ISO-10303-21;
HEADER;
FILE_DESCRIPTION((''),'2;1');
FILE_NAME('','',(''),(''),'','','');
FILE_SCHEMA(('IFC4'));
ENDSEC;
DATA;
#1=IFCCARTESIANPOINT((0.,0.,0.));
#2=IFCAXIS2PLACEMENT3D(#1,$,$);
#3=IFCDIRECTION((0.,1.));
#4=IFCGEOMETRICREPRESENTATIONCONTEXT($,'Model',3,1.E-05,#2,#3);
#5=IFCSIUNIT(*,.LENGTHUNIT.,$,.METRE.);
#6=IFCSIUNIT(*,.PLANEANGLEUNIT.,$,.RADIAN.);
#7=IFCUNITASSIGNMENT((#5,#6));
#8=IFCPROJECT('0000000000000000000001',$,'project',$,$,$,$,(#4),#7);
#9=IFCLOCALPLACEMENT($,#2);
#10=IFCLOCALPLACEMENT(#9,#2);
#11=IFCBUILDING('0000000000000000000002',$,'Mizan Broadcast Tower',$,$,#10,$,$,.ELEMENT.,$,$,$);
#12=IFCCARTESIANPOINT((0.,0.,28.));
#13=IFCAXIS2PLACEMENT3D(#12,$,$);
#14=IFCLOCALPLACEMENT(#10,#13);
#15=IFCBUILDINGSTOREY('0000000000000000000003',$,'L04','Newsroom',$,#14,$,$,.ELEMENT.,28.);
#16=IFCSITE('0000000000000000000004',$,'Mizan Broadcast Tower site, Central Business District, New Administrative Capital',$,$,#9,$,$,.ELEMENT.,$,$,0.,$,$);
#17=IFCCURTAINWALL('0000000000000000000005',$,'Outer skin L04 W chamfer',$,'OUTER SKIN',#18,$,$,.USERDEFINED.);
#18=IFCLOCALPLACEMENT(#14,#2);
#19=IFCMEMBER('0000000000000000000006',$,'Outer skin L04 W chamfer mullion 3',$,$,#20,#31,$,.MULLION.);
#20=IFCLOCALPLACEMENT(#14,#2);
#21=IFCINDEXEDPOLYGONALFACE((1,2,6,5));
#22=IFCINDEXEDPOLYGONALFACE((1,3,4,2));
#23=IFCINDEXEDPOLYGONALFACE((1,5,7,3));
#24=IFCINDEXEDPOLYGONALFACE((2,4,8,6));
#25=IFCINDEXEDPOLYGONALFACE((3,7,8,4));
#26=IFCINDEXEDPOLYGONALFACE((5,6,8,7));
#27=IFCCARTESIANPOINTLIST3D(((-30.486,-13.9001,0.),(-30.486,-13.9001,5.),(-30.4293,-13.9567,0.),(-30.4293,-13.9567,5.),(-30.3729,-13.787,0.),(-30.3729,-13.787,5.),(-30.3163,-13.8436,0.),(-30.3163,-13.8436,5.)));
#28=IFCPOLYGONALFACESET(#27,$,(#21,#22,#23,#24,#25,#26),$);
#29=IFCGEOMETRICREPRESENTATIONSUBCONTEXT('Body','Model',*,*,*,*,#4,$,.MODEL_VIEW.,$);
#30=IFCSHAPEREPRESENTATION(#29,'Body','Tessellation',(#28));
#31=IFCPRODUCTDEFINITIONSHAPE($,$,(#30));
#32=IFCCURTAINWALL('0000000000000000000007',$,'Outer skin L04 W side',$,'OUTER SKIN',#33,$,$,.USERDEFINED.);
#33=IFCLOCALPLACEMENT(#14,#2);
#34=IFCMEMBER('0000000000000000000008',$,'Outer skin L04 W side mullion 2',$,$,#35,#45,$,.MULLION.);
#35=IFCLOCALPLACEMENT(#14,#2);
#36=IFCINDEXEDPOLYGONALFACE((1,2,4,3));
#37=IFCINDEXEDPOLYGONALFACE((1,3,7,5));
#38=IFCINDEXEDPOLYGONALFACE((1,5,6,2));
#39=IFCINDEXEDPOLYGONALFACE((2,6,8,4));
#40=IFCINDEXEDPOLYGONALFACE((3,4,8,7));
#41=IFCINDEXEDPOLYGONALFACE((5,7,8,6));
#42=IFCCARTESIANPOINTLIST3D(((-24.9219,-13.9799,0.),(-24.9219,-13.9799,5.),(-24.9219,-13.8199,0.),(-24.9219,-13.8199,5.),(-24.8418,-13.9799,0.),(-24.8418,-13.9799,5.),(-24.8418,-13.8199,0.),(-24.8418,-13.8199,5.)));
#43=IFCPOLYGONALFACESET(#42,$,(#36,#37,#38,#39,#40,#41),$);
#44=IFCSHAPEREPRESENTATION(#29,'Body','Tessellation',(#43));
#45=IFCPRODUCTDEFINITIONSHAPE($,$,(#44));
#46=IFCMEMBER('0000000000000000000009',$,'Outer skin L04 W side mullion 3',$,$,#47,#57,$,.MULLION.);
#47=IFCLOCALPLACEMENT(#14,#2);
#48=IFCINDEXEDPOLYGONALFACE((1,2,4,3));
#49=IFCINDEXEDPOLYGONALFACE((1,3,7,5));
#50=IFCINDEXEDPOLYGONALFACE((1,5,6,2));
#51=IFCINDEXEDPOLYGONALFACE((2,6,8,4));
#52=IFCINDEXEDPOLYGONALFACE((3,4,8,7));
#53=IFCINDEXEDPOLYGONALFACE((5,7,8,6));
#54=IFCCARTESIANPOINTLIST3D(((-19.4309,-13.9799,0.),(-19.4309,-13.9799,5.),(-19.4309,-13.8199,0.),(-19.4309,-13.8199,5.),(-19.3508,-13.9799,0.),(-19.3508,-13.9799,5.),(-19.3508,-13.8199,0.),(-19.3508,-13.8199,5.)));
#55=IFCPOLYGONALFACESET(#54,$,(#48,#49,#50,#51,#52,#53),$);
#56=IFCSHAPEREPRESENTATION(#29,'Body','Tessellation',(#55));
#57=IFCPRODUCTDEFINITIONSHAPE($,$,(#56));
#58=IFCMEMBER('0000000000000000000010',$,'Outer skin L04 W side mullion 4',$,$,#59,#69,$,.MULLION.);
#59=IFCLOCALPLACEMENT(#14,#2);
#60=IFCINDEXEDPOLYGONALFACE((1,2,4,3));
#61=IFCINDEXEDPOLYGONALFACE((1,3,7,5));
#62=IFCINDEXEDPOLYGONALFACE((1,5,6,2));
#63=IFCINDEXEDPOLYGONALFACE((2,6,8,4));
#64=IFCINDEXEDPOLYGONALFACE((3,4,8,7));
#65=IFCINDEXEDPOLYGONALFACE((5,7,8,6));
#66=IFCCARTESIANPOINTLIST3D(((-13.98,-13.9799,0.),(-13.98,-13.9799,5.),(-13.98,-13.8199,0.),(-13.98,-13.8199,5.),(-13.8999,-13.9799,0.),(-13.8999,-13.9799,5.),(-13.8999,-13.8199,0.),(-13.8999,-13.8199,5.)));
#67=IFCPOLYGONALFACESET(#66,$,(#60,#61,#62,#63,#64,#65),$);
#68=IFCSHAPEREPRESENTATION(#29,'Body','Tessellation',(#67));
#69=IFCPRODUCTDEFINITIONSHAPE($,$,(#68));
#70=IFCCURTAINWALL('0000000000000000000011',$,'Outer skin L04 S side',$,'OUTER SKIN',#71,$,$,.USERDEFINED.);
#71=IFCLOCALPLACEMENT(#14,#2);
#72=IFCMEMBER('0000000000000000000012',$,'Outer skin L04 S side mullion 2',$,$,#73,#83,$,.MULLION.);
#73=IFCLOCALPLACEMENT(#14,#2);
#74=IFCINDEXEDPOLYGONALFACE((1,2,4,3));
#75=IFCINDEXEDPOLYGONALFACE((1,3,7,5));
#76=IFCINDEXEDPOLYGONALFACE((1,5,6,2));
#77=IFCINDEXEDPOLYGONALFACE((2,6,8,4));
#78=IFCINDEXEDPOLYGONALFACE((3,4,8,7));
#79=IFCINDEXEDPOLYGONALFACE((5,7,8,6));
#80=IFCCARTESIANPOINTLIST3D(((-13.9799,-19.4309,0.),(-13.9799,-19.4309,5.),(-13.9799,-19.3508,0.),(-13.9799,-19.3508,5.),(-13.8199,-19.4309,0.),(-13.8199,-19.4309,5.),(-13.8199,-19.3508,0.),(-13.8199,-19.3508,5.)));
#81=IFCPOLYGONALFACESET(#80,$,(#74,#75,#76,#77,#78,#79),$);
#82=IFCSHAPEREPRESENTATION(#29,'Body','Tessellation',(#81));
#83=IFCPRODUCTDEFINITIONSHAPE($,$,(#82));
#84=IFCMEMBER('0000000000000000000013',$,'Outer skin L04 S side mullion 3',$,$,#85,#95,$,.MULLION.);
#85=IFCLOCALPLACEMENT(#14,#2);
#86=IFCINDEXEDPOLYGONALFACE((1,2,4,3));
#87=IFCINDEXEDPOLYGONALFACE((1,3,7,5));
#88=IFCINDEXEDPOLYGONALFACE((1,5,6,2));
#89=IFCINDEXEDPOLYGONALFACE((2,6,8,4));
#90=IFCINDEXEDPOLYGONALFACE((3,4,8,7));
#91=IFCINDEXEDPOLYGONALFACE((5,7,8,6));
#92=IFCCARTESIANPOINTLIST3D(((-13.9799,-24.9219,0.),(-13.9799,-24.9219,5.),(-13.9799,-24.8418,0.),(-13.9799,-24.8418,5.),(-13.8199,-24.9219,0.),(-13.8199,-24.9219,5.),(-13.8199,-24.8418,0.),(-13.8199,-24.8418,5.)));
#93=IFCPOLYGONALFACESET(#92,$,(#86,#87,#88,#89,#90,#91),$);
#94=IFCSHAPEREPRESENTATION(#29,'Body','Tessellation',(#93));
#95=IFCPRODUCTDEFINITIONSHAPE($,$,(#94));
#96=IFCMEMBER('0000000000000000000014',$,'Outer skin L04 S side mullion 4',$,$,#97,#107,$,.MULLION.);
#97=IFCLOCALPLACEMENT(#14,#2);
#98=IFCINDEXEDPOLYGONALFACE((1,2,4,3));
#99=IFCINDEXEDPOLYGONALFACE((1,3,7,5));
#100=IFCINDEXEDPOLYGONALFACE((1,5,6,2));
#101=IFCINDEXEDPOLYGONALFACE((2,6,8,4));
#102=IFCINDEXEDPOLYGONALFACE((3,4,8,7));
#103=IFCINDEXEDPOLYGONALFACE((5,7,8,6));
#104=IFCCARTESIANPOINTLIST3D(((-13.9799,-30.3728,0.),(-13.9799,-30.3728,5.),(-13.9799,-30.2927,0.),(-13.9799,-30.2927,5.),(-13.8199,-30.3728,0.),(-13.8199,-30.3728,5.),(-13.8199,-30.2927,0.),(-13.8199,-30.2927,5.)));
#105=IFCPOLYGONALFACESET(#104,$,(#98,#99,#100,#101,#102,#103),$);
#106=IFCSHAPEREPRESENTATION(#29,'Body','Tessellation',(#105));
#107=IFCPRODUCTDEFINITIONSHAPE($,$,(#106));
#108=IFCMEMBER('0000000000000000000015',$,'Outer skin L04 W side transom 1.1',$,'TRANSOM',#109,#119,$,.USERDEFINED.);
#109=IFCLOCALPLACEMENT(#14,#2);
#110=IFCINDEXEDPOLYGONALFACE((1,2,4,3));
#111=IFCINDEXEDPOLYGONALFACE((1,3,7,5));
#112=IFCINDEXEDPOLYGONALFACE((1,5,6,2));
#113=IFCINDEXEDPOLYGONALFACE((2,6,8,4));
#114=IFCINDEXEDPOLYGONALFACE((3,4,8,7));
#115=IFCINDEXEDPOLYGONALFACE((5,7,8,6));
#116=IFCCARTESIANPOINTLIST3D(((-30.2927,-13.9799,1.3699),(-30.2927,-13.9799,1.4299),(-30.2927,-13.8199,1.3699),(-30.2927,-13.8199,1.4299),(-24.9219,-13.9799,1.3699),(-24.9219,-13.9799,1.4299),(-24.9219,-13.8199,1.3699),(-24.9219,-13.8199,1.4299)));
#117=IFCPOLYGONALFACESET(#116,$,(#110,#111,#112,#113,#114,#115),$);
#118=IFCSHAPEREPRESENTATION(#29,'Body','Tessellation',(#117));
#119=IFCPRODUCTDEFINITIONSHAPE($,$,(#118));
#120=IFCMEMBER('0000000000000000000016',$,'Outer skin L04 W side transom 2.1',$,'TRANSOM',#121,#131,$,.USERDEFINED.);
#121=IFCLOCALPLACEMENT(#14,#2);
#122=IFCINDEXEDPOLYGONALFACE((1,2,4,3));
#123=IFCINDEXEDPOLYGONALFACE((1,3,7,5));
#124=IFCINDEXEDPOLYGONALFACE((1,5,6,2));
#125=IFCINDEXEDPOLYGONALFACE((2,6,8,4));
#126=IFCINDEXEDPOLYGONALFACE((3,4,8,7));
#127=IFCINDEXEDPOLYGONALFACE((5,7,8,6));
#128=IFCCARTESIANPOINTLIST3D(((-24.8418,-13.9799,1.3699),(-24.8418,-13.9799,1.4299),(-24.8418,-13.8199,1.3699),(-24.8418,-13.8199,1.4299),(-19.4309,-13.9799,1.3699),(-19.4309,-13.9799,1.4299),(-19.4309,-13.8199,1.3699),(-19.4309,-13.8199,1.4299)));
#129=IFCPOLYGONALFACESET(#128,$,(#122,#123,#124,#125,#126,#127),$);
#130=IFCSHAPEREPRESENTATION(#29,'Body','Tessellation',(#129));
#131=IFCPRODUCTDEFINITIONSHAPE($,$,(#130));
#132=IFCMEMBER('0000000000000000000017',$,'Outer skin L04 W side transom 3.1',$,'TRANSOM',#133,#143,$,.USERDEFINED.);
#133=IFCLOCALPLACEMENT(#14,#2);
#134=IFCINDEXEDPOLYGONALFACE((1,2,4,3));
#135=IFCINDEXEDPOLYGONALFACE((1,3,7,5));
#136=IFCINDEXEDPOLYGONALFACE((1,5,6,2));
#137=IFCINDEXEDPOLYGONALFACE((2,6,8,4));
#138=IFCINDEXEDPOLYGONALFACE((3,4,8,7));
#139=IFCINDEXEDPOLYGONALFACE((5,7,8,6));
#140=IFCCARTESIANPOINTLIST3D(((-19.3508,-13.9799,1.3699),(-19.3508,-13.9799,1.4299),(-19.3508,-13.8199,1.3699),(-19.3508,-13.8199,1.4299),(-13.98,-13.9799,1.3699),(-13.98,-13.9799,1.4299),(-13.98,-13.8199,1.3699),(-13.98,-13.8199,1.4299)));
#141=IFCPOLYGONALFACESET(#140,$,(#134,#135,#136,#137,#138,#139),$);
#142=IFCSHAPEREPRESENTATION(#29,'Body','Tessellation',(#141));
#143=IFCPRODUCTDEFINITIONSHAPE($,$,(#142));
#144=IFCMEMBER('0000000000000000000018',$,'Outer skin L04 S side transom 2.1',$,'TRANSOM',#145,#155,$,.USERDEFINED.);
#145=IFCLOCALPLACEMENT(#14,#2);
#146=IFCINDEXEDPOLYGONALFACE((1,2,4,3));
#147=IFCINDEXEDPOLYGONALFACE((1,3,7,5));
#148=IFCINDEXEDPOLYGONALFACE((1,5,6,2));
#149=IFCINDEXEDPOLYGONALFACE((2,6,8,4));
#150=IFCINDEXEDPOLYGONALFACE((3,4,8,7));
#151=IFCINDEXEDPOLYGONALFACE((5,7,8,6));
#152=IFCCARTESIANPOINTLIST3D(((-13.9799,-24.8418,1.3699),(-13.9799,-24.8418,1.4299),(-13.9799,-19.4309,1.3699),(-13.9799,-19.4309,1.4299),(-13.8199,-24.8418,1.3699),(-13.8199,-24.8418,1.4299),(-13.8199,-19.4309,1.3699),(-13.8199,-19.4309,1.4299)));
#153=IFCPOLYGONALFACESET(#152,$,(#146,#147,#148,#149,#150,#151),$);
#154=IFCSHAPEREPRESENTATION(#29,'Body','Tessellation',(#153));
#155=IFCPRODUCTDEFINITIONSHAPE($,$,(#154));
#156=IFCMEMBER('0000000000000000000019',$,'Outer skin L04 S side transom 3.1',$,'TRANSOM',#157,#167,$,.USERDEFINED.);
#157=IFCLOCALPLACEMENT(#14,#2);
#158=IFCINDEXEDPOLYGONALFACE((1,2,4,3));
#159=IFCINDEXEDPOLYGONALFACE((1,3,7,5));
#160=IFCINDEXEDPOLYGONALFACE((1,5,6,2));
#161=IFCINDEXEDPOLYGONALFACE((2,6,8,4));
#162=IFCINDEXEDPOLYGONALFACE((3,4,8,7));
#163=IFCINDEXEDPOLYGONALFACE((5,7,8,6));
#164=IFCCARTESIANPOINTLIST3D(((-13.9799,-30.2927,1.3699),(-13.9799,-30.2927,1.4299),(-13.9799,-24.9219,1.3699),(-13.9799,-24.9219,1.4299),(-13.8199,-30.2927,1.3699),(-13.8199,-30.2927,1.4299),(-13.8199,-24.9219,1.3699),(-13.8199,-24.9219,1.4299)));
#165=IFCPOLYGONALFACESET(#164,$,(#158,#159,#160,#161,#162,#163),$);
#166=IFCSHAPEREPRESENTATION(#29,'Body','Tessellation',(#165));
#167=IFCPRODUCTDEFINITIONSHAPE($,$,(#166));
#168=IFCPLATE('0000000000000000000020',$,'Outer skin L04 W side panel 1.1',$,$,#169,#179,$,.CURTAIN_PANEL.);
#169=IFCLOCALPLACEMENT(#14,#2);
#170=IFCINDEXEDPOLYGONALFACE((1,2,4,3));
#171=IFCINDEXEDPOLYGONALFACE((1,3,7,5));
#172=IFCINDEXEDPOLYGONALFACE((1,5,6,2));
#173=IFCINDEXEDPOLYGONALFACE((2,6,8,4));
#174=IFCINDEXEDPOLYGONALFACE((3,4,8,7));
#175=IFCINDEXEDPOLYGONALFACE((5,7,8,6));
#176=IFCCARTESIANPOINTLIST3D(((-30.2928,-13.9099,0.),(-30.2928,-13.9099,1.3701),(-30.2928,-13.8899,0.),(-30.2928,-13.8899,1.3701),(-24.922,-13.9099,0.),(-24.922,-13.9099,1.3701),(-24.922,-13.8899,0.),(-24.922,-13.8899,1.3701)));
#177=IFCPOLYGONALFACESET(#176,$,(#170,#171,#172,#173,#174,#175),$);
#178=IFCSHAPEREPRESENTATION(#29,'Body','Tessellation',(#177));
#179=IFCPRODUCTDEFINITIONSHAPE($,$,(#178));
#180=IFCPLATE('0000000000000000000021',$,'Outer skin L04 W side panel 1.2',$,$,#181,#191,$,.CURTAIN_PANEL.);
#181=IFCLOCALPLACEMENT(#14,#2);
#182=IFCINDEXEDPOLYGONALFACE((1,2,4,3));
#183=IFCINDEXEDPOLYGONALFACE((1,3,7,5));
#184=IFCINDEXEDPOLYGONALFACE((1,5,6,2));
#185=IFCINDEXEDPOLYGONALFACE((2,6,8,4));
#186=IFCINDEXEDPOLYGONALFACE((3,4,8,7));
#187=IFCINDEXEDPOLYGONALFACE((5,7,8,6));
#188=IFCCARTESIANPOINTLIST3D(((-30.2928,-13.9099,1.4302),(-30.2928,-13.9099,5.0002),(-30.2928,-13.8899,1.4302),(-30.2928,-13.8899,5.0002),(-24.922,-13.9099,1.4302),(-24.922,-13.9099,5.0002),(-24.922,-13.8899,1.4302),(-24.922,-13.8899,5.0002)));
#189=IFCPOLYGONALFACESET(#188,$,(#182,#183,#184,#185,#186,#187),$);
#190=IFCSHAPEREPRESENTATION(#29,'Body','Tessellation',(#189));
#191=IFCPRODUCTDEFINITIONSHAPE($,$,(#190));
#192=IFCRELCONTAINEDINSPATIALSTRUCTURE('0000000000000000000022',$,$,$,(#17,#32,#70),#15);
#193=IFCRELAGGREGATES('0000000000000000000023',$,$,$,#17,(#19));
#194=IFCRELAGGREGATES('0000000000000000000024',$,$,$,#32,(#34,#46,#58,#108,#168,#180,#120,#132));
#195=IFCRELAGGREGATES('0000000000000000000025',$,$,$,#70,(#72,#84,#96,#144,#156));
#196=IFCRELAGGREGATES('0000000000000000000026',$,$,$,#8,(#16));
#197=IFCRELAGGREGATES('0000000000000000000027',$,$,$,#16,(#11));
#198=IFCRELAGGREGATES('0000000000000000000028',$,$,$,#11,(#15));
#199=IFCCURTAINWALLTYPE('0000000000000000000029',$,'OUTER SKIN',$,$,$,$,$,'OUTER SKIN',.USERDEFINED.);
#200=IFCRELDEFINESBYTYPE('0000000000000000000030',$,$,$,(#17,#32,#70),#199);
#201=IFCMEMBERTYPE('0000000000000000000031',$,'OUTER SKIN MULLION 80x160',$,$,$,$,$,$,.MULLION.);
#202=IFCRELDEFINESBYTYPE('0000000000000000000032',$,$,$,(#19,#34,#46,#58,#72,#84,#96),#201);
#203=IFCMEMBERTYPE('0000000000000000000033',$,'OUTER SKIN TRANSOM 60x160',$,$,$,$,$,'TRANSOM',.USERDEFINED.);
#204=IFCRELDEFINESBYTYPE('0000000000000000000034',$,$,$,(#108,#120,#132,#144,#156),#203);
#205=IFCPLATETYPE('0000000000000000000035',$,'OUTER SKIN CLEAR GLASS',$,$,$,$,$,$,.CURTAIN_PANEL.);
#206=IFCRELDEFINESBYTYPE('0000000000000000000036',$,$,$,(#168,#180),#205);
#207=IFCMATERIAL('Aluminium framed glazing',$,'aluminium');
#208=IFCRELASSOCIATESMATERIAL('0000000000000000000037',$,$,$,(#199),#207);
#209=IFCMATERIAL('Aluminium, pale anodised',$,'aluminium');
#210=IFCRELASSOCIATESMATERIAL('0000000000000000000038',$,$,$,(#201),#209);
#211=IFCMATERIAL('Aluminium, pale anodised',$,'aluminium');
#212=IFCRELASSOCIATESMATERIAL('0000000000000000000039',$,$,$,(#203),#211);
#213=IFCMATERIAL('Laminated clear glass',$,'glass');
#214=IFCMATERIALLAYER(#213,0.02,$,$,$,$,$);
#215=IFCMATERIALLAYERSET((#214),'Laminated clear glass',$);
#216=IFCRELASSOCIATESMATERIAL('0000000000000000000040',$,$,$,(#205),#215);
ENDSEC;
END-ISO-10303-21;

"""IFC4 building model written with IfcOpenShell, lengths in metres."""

from ifc_helpers import new_model, si_unit, direction, frame, origin, origin_2d, place, context, subcontext, project, spatial, rectangle, extrude, material, layer, layer_set, material_profile, profile_set, type_object, element, aggregate, save


model = new_model("IFC4")

# Units and contexts
model_context = context("Model", 3, precision=1e-05, world=origin(), true_north=direction((0.0, 1.0)))
body_context = subcontext(model_context, "Body", "Model", "MODEL_VIEW")
ifc_project = project(units=[si_unit("LENGTHUNIT", "METRE"), si_unit("PLANEANGLEUNIT", "RADIAN")], contexts=[model_context])

# Site, building, storey
site_placement = place(None, origin())
site = spatial("IfcSite", under=ifc_project, at=site_placement, Name="Mizan Broadcast Tower site, Central Business District, New Administrative Capital", CompositionType="ELEMENT", RefElevation=0.0)
building_placement = place(site_placement, origin())
building = spatial("IfcBuilding", under=site, at=building_placement, Name="Mizan Broadcast Tower", CompositionType="ELEMENT")
storey_placement = place(building_placement, frame((0.0, 0.0, 28.0)))
storey = spatial("IfcBuildingStorey", under=building, at=storey_placement, Name="L04", Description="Newsroom", CompositionType="ELEMENT", Elevation=28.0)

# Curtain wall, member
ifc_material_1 = material(Name="Aluminium framed glazing", Category="aluminium")
curtain_wall_type = type_object("IfcCurtainWallType", Name="OUTER SKIN", ElementType="OUTER SKIN", PredefinedType="USERDEFINED", material=ifc_material_1)
curtain_wall_1_placement = place(storey_placement, origin())
curtain_wall_1 = element("IfcCurtainWall", 1, at=curtain_wall_1_placement, inside=storey, type_object=curtain_wall_type, Name="Outer skin L04 W chamfer", ObjectType="OUTER SKIN", PredefinedType="USERDEFINED")
ifc_material_2 = material(Name="Aluminium, pale anodised", Category="aluminium")
ifc_material_profile_1 = material_profile(ifc_material_2, rectangle(XDim=0.1599, YDim=0.0801, at=origin_2d()), Name="MULLION 160x80")
ifc_profile_set_1 = profile_set([ifc_material_profile_1], Name="Aluminium, pale anodised")
member_type_1 = type_object("IfcMemberType", Name="OUTER SKIN MULLION 80x160", PredefinedType="MULLION", material=ifc_profile_set_1)
member_1_placement = place(storey_placement, frame((-30.4011, -13.8718, 0.0), z_axis=(0.0, 0.0, 1.0), x_axis=(0.707107, 0.707107, 0.0)))
member_1 = element("IfcMember", 2, at=member_1_placement, type_object=member_type_1, Name="Outer skin L04 W chamfer mullion 3", PredefinedType="MULLION", context=body_context, shape_type="SweptSolid", body=[
    extrude(rectangle(XDim=0.1599, YDim=0.0801, at=origin_2d()), origin(), (0.0, 0.0, 1.0), 5.0),
])
aggregate(curtain_wall_1, [member_1])

# Curtain walls, members
curtain_wall_2_placement = place(storey_placement, origin())
curtain_wall_2 = element("IfcCurtainWall", 3, at=curtain_wall_2_placement, inside=storey, type_object=curtain_wall_type, Name="Outer skin L04 W side", ObjectType="OUTER SKIN", PredefinedType="USERDEFINED")
member_2_placement = place(storey_placement, frame((-24.8818, -13.8999, 0.0), z_axis=(0.0, 0.0, 1.0), x_axis=(0.0, 1.0, 0.0)))
member_2 = element("IfcMember", 4, at=member_2_placement, type_object=member_type_1, Name="Outer skin L04 W side mullion 2", PredefinedType="MULLION", context=body_context, shape_type="SweptSolid", body=[
    extrude(rectangle(XDim=0.1599, YDim=0.0801, at=origin_2d()), origin(), (0.0, 0.0, 1.0), 5.0),
])
member_3_placement = place(storey_placement, frame((-19.3909, -13.8999, 0.0), z_axis=(0.0, 0.0, 1.0), x_axis=(0.0, 1.0, 0.0)))
member_3 = element("IfcMember", 5, at=member_3_placement, type_object=member_type_1, Name="Outer skin L04 W side mullion 3", PredefinedType="MULLION", context=body_context, shape_type="SweptSolid", body=[
    extrude(rectangle(XDim=0.1599, YDim=0.0801, at=origin_2d()), origin(), (0.0, 0.0, 1.0), 5.0),
])
member_4_placement = place(storey_placement, frame((-13.9399, -13.8999, 0.0), z_axis=(0.0, 0.0, 1.0), x_axis=(0.0, 1.0, 0.0)))
member_4 = element("IfcMember", 6, at=member_4_placement, type_object=member_type_1, Name="Outer skin L04 W side mullion 4", PredefinedType="MULLION", context=body_context, shape_type="SweptSolid", body=[
    extrude(rectangle(XDim=0.1599, YDim=0.0801, at=origin_2d()), origin(), (0.0, 0.0, 1.0), 5.0),
])
curtain_wall_3_placement = place(storey_placement, origin())
curtain_wall_3 = element("IfcCurtainWall", 7, at=curtain_wall_3_placement, inside=storey, type_object=curtain_wall_type, Name="Outer skin L04 S side", ObjectType="OUTER SKIN", PredefinedType="USERDEFINED")
member_5_placement = place(storey_placement, frame((-13.8999, -19.3909, 0.0), z_axis=(0.0, 0.0, 1.0), x_axis=(1.0, 0.0, 0.0)))
member_5 = element("IfcMember", 8, at=member_5_placement, type_object=member_type_1, Name="Outer skin L04 S side mullion 2", PredefinedType="MULLION", context=body_context, shape_type="SweptSolid", body=[
    extrude(rectangle(XDim=0.1599, YDim=0.0801, at=origin_2d()), origin(), (0.0, 0.0, 1.0), 5.0),
])
member_6_placement = place(storey_placement, frame((-13.8999, -24.8818, 0.0), z_axis=(0.0, 0.0, 1.0), x_axis=(1.0, 0.0, 0.0)))
member_6 = element("IfcMember", 9, at=member_6_placement, type_object=member_type_1, Name="Outer skin L04 S side mullion 3", PredefinedType="MULLION", context=body_context, shape_type="SweptSolid", body=[
    extrude(rectangle(XDim=0.1599, YDim=0.0801, at=origin_2d()), origin(), (0.0, 0.0, 1.0), 5.0),
])
member_7_placement = place(storey_placement, frame((-13.8999, -30.3328, 0.0), z_axis=(0.0, 0.0, 1.0), x_axis=(1.0, 0.0, 0.0)))
member_7 = element("IfcMember", 10, at=member_7_placement, type_object=member_type_1, Name="Outer skin L04 S side mullion 4", PredefinedType="MULLION", context=body_context, shape_type="SweptSolid", body=[
    extrude(rectangle(XDim=0.1599, YDim=0.0801, at=origin_2d()), origin(), (0.0, 0.0, 1.0), 5.0),
])

# Members
ifc_material_3 = material(Name="Aluminium, pale anodised", Category="aluminium")
ifc_material_profile_2 = material_profile(ifc_material_3, rectangle(XDim=0.1599, YDim=0.0601, at=origin_2d()), Name="TRANSOM 160x60")
ifc_profile_set_2 = profile_set([ifc_material_profile_2], Name="Aluminium, pale anodised")
member_type_2 = type_object("IfcMemberType", Name="OUTER SKIN TRANSOM 60x160", ElementType="TRANSOM", PredefinedType="USERDEFINED", material=ifc_profile_set_2)
member_8_placement = place(storey_placement, frame((-30.2927, -13.8999, 1.3999), z_axis=(1.0, 0.0, 0.0), x_axis=(0.0, 1.0, 0.0)))
member_8 = element("IfcMember", 11, at=member_8_placement, type_object=member_type_2, Name="Outer skin L04 W side transom 1.1", ObjectType="TRANSOM", PredefinedType="USERDEFINED", context=body_context, shape_type="SweptSolid", body=[
    extrude(rectangle(XDim=0.1599, YDim=0.0601, at=origin_2d()), origin(), (0.0, 0.0, 1.0), 5.3708),
])
member_9_placement = place(storey_placement, frame((-24.8418, -13.8999, 1.3999), z_axis=(1.0, 0.0, 0.0), x_axis=(0.0, 1.0, 0.0)))
member_9 = element("IfcMember", 12, at=member_9_placement, type_object=member_type_2, Name="Outer skin L04 W side transom 2.1", ObjectType="TRANSOM", PredefinedType="USERDEFINED", context=body_context, shape_type="SweptSolid", body=[
    extrude(rectangle(XDim=0.1599, YDim=0.0601, at=origin_2d()), origin(), (0.0, 0.0, 1.0), 5.4109),
])
member_10_placement = place(storey_placement, frame((-19.3508, -13.8999, 1.3999), z_axis=(1.0, 0.0, 0.0), x_axis=(0.0, 1.0, 0.0)))
member_10 = element("IfcMember", 13, at=member_10_placement, type_object=member_type_2, Name="Outer skin L04 W side transom 3.1", ObjectType="TRANSOM", PredefinedType="USERDEFINED", context=body_context, shape_type="SweptSolid", body=[
    extrude(rectangle(XDim=0.1599, YDim=0.0601, at=origin_2d()), origin(), (0.0, 0.0, 1.0), 5.3708),
])
member_11_placement = place(storey_placement, frame((-13.8999, -19.4309, 1.3999), z_axis=(0.0, -1.0, 0.0), x_axis=(1.0, 0.0, 0.0)))
member_11 = element("IfcMember", 14, at=member_11_placement, type_object=member_type_2, Name="Outer skin L04 S side transom 2.1", ObjectType="TRANSOM", PredefinedType="USERDEFINED", context=body_context, shape_type="SweptSolid", body=[
    extrude(rectangle(XDim=0.1599, YDim=0.0601, at=origin_2d()), origin(), (0.0, 0.0, 1.0), 5.4109),
])
member_12_placement = place(storey_placement, frame((-13.8999, -24.9219, 1.3999), z_axis=(0.0, -1.0, 0.0), x_axis=(1.0, 0.0, 0.0)))
member_12 = element("IfcMember", 15, at=member_12_placement, type_object=member_type_2, Name="Outer skin L04 S side transom 3.1", ObjectType="TRANSOM", PredefinedType="USERDEFINED", context=body_context, shape_type="SweptSolid", body=[
    extrude(rectangle(XDim=0.1599, YDim=0.0601, at=origin_2d()), origin(), (0.0, 0.0, 1.0), 5.3708),
])

# Plates
ifc_material_4 = material(Name="Laminated clear glass", Category="glass")
ifc_layer_1 = layer(ifc_material_4, 0.02)
ifc_layer_set_1 = layer_set([ifc_layer_1], Name="Laminated clear glass")
plate_type_1 = type_object("IfcPlateType", Name="OUTER SKIN CLEAR GLASS", PredefinedType="CURTAIN_PANEL", material=ifc_layer_set_1)
plate_1_placement = place(storey_placement, frame((-27.6074, -13.8999, 0.0), z_axis=(0.0, 0.0, 1.0), x_axis=(1.0, 0.0, 0.0)))
plate_1 = element("IfcPlate", 16, at=plate_1_placement, type_object=plate_type_1, Name="Outer skin L04 W side panel 1.1", PredefinedType="CURTAIN_PANEL", context=body_context, shape_type="SweptSolid", body=[
    extrude(rectangle(XDim=5.3708, YDim=0.02, at=origin_2d()), origin(), (0.0, 0.0, 1.0), 1.3701),
])
plate_2_placement = place(storey_placement, frame((-27.6074, -13.8999, 1.4302), z_axis=(0.0, 0.0, 1.0), x_axis=(1.0, 0.0, 0.0)))
plate_2 = element("IfcPlate", 17, at=plate_2_placement, type_object=plate_type_1, Name="Outer skin L04 W side panel 1.2", PredefinedType="CURTAIN_PANEL", context=body_context, shape_type="SweptSolid", body=[
    extrude(rectangle(XDim=5.3708, YDim=0.02, at=origin_2d()), origin(), (0.0, 0.0, 1.0), 3.5701),
])
aggregate(curtain_wall_2, [member_2, member_3, member_4, member_8, plate_1, plate_2, member_9, member_10])
aggregate(curtain_wall_3, [member_5, member_6, member_7, member_11, member_12])

save(model, "model.ifc")
